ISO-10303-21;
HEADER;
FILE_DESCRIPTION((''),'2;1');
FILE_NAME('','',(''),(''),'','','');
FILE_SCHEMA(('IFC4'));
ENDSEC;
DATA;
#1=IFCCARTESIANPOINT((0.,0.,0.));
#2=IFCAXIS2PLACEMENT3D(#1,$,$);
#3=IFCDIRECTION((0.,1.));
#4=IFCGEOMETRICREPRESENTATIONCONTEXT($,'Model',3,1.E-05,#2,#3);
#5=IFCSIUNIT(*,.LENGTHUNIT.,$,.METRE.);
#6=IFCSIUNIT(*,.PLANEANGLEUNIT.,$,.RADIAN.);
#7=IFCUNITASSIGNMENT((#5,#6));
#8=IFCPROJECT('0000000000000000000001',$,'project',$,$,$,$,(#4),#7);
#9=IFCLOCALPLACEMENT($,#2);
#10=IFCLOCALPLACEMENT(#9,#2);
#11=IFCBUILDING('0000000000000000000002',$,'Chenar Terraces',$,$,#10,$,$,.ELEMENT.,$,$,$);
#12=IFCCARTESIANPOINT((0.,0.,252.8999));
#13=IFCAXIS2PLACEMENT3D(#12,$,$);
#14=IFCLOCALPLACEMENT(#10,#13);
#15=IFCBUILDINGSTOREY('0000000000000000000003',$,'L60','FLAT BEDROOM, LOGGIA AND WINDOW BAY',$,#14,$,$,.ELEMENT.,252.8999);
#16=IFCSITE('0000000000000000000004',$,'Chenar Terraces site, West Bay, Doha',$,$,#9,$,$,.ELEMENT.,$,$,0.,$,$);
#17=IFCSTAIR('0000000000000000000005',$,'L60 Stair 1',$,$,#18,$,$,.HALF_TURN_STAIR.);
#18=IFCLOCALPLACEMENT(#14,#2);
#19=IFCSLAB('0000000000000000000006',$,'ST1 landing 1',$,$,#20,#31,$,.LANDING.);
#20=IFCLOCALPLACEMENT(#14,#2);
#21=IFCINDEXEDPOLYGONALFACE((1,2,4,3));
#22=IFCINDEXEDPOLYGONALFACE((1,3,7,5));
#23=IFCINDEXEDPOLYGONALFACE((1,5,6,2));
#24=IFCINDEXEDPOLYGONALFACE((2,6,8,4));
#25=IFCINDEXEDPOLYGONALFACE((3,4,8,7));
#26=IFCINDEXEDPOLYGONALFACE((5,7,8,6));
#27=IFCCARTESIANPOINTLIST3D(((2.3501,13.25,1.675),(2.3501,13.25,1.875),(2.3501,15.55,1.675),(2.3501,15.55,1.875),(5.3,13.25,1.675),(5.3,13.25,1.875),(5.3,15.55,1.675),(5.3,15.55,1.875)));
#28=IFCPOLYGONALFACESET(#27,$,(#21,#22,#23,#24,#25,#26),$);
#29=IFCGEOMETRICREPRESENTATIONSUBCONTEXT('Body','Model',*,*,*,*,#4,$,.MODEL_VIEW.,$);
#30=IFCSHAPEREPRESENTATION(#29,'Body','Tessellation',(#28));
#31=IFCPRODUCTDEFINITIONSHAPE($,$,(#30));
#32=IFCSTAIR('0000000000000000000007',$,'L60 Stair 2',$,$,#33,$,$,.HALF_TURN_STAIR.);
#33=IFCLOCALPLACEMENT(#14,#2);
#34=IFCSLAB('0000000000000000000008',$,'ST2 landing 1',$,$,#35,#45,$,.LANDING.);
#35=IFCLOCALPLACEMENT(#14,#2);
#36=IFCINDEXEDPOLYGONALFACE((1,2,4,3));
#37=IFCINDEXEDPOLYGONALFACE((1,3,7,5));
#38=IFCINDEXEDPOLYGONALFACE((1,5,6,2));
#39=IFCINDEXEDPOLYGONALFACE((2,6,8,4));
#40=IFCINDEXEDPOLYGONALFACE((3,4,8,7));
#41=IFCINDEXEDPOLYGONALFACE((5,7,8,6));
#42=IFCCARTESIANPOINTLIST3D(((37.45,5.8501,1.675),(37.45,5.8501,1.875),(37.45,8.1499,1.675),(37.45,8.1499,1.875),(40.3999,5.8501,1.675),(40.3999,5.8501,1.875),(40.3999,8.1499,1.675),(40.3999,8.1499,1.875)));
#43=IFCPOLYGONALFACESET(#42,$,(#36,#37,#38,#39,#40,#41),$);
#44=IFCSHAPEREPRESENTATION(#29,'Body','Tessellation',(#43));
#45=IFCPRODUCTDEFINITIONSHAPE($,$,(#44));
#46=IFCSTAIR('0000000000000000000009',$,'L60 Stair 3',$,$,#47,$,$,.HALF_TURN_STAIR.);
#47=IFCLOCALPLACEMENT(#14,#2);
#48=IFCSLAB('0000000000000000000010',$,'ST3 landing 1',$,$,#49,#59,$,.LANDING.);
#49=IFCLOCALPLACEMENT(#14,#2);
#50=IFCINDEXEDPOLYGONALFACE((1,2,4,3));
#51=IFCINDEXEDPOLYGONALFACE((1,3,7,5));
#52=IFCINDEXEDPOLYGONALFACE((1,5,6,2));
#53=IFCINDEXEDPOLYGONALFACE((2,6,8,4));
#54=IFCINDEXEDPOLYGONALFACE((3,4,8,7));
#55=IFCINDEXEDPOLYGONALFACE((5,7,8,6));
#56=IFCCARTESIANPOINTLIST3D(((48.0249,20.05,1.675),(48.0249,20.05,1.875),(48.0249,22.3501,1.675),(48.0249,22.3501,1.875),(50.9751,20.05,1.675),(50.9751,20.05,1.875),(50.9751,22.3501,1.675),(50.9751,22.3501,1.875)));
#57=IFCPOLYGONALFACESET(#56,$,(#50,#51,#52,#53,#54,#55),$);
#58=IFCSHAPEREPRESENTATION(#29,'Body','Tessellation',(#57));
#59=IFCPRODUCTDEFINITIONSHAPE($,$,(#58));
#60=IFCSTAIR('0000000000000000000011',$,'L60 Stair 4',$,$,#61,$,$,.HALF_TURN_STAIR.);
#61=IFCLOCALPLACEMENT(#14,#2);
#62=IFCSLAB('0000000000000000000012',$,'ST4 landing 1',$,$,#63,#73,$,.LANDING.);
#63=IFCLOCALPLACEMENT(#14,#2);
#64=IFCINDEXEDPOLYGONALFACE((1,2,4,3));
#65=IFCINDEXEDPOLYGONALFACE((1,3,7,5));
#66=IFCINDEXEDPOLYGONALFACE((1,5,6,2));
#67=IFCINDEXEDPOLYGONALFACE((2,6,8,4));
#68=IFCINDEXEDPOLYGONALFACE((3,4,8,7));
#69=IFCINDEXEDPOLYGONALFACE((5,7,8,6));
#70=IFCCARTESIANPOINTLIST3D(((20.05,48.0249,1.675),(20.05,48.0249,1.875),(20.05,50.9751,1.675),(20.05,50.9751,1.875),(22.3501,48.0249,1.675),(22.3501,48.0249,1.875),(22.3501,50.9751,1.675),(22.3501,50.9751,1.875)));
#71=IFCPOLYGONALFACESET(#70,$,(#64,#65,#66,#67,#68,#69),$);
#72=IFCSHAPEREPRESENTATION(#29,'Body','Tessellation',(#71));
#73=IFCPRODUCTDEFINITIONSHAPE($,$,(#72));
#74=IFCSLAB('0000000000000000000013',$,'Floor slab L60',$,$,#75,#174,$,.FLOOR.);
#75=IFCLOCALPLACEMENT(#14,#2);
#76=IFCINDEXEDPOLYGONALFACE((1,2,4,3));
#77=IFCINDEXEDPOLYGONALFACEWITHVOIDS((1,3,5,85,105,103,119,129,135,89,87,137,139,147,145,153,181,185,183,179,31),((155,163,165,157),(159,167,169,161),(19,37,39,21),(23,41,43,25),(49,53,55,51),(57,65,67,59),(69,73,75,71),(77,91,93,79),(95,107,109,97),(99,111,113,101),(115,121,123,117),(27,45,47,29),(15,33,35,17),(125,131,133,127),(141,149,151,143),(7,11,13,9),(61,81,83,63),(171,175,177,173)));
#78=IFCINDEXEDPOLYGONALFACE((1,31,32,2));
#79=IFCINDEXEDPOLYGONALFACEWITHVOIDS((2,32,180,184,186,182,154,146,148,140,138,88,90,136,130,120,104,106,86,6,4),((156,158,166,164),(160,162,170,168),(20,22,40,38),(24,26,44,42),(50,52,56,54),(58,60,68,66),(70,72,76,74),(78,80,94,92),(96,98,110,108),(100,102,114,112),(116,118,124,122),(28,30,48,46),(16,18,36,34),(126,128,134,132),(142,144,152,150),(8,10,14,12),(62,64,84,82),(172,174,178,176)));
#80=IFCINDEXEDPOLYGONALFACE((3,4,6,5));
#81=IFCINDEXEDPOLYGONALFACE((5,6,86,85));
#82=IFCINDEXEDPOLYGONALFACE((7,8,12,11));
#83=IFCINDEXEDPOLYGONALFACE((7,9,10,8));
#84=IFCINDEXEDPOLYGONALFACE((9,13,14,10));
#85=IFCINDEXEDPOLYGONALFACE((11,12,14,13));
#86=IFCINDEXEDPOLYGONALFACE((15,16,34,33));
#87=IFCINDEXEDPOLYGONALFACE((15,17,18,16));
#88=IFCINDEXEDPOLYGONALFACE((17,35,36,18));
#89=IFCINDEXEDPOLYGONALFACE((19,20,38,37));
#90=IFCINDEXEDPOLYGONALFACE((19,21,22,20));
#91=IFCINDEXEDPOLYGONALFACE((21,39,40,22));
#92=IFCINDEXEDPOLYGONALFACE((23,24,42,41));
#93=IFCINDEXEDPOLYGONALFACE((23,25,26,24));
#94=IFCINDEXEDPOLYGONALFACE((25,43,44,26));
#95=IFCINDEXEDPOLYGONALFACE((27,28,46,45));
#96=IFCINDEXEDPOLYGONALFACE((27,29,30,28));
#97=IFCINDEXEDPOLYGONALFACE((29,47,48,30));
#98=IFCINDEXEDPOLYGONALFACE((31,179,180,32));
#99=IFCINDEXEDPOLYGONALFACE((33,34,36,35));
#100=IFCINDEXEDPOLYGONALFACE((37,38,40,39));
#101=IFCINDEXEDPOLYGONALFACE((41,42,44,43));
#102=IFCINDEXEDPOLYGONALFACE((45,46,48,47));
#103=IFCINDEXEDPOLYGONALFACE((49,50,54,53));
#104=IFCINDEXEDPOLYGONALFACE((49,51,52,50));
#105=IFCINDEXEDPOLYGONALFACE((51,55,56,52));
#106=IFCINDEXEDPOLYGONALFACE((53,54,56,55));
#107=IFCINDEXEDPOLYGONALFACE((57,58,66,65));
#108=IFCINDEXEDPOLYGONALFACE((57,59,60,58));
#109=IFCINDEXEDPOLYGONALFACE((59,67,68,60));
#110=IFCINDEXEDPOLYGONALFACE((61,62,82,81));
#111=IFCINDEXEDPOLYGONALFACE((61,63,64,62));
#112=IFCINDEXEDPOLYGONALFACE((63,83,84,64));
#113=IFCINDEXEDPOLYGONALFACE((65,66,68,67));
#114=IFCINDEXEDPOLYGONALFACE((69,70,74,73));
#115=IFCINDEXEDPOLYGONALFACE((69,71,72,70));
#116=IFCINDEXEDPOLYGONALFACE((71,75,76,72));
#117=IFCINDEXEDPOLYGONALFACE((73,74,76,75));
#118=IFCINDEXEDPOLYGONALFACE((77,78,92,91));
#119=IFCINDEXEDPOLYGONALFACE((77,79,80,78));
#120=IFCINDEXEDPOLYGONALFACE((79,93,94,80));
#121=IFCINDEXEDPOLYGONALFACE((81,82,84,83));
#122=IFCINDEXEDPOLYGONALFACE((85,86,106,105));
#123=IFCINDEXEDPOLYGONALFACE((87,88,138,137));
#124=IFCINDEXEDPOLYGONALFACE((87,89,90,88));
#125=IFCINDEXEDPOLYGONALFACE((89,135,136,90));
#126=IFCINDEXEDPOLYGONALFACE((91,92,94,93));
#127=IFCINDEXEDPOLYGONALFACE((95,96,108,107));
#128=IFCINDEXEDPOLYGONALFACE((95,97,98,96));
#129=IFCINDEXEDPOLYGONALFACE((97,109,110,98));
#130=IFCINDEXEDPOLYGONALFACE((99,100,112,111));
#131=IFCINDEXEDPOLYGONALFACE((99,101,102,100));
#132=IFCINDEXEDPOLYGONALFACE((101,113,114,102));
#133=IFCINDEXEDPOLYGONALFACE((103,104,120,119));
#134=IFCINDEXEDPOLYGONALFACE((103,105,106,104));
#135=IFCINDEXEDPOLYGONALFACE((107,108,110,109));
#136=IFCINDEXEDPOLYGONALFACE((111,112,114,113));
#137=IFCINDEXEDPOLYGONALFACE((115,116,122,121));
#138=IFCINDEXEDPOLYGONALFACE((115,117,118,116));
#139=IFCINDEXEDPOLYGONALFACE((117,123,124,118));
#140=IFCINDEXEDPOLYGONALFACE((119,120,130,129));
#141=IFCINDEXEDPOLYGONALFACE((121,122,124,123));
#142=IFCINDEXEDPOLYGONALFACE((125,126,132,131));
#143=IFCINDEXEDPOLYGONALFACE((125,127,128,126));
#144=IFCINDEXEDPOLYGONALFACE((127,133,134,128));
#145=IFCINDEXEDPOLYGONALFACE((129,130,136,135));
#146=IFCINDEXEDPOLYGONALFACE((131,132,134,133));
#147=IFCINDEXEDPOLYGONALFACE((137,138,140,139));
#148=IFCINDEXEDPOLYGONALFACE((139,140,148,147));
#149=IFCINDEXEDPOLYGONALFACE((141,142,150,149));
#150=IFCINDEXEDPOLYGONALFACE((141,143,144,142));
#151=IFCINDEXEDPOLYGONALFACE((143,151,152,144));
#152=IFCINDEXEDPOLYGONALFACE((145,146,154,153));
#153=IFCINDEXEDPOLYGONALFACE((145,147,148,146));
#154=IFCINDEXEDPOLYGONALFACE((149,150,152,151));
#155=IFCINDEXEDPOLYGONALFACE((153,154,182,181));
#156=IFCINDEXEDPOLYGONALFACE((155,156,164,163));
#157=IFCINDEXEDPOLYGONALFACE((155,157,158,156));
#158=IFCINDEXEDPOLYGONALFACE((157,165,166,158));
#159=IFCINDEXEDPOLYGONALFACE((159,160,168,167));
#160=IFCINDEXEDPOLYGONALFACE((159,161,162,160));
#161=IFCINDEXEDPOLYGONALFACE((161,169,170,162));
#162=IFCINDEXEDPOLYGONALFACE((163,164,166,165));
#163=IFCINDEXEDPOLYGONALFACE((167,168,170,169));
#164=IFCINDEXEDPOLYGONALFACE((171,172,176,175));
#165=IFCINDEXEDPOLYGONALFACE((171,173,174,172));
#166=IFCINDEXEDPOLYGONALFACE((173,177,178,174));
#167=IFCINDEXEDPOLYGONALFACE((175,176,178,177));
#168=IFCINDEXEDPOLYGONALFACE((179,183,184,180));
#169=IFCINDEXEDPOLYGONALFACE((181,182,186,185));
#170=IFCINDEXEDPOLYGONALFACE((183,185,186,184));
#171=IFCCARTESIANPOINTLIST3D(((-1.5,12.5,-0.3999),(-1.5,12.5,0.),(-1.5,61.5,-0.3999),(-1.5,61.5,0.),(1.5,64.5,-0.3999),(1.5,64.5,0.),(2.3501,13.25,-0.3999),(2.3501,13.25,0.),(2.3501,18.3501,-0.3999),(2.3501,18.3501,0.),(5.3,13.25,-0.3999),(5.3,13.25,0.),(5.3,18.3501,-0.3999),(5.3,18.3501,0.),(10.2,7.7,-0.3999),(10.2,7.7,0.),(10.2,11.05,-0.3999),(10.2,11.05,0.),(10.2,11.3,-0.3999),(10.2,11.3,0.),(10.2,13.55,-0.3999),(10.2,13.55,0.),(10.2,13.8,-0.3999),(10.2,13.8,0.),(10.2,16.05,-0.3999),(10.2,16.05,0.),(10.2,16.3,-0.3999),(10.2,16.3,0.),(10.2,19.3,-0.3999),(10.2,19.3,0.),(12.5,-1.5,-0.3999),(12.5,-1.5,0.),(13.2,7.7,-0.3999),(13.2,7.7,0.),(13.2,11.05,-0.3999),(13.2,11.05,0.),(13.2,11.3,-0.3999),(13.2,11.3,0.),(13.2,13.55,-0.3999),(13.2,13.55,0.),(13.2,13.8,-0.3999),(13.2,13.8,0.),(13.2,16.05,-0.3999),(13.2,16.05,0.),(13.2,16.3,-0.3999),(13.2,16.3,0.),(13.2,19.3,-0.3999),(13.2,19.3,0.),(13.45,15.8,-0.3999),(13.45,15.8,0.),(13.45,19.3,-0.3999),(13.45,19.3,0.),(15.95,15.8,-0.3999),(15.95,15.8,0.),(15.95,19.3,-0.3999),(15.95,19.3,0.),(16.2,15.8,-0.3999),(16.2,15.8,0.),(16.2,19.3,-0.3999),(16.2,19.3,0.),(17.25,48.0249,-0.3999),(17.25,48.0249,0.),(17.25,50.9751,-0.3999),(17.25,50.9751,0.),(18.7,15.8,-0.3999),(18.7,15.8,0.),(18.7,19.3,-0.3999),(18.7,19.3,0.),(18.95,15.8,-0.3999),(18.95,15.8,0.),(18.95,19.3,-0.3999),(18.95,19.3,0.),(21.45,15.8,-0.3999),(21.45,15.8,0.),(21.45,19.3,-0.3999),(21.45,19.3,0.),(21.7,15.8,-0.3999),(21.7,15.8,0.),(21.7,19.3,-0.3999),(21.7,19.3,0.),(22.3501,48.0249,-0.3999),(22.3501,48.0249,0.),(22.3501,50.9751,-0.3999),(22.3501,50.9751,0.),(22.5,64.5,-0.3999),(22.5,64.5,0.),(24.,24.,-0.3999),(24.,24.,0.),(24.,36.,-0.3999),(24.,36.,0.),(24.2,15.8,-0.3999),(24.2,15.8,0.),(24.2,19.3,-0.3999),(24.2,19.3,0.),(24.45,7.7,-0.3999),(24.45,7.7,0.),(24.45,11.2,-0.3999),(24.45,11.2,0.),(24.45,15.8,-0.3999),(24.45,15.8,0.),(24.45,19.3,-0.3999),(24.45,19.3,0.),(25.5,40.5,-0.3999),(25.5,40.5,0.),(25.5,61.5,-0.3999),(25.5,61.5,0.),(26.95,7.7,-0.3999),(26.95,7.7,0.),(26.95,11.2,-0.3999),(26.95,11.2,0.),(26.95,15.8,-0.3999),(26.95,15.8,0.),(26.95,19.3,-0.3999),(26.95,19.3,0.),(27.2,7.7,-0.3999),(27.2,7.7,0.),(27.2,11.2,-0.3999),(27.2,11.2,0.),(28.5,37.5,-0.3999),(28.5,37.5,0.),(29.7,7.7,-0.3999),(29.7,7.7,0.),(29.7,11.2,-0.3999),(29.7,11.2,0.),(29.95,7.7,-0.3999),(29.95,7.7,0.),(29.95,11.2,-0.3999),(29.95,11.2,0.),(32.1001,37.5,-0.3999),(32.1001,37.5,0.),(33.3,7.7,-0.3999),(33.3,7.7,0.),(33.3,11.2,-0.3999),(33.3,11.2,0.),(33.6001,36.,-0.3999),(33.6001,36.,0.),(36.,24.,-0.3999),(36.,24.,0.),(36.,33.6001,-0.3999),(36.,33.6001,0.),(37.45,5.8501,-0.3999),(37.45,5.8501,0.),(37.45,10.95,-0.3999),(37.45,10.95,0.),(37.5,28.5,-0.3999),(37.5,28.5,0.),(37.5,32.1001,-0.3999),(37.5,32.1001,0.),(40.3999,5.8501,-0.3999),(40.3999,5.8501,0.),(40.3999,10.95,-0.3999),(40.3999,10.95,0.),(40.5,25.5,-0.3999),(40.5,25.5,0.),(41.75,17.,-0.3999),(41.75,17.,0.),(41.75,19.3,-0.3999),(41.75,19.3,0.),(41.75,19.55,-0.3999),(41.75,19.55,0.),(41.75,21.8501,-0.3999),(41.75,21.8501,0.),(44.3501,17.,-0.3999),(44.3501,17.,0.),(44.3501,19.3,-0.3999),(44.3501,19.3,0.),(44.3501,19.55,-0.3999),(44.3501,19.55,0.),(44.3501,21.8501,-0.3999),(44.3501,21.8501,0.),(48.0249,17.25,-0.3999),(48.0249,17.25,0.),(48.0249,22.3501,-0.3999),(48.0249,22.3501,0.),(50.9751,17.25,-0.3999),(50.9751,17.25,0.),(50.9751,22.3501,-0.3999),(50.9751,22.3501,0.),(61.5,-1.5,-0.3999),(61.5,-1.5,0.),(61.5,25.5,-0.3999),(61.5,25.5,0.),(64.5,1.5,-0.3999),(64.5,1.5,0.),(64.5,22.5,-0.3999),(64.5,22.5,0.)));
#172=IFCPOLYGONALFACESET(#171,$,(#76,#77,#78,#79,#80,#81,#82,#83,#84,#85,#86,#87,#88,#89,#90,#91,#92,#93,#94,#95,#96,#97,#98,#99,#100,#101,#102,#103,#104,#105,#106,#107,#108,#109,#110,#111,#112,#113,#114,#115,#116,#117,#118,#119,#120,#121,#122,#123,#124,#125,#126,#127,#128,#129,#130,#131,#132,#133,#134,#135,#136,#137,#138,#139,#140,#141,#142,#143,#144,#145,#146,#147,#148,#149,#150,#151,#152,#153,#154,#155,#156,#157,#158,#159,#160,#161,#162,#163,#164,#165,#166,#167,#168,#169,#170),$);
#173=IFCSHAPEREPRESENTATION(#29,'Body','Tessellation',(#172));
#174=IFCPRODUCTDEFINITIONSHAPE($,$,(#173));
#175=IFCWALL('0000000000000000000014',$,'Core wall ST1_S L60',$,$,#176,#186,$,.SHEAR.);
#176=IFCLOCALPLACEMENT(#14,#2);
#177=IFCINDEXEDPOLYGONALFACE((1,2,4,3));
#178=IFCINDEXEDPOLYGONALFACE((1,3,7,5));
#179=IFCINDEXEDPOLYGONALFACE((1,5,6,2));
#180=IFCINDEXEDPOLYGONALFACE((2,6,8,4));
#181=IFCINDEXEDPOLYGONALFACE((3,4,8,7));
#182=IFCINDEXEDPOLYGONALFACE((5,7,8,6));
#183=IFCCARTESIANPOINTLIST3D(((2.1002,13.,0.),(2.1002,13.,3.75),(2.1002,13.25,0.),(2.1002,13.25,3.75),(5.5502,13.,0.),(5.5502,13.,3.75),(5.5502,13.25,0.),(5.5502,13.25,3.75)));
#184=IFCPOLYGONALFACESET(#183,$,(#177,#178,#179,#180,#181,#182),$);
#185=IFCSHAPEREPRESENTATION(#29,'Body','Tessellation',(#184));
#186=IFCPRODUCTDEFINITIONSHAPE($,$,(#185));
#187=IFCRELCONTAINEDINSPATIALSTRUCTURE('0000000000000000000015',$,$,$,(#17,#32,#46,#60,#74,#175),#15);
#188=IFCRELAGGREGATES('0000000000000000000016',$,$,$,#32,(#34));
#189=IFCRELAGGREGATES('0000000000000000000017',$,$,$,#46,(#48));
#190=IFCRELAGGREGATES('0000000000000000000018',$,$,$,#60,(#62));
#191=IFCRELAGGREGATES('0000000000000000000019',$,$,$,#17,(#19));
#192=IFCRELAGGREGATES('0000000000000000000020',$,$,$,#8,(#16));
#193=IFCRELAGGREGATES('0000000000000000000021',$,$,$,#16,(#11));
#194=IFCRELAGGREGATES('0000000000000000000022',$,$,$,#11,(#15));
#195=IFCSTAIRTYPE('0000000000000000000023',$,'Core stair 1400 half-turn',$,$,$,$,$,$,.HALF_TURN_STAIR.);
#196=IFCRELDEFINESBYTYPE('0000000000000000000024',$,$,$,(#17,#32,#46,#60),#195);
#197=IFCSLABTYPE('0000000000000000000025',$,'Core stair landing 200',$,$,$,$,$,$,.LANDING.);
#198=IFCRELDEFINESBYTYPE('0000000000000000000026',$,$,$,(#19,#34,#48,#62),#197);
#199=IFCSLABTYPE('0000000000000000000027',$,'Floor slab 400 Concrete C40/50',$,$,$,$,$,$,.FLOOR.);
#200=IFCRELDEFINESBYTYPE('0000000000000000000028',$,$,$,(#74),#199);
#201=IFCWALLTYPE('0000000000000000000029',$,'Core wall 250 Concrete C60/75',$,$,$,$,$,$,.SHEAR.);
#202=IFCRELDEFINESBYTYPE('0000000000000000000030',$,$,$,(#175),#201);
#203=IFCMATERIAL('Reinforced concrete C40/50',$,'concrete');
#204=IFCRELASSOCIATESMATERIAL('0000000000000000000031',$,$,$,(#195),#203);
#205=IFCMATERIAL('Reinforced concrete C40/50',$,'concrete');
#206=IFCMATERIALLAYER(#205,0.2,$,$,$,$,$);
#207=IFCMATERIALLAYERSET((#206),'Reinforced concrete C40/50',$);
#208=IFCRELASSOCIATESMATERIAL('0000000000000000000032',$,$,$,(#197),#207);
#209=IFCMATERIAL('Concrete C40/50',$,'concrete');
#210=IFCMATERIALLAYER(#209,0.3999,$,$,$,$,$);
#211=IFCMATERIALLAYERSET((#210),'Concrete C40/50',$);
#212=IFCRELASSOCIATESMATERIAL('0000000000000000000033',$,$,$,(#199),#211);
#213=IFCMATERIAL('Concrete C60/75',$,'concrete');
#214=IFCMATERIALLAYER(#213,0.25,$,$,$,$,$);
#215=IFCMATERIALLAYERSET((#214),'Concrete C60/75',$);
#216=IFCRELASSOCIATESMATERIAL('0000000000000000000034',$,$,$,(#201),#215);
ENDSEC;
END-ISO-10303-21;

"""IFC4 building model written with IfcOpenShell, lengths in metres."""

from ifc_helpers import new_model, si_unit, direction, frame, frame_2d, origin, place, context, subcontext, project, spatial, polyline, rectangle, outline, extrude, material, layer, layer_set, type_object, element, aggregate, save


model = new_model("IFC4")

# Units and contexts
model_context = context("Model", 3, precision=1e-05, world=origin(), true_north=direction((0.0, 1.0)))
body_context = subcontext(model_context, "Body", "Model", "MODEL_VIEW")
ifc_project = project(units=[si_unit("LENGTHUNIT", "METRE"), si_unit("PLANEANGLEUNIT", "RADIAN")], contexts=[model_context])

# Site, building, storey
site_placement = place(None, origin())
site = spatial("IfcSite", under=ifc_project, at=site_placement, Name="Chenar Terraces site, West Bay, Doha", CompositionType="ELEMENT", RefElevation=0.0)
building_placement = place(site_placement, origin())
building = spatial("IfcBuilding", under=site, at=building_placement, Name="Chenar Terraces", CompositionType="ELEMENT")
storey_placement = place(building_placement, frame((0.0, 0.0, 252.8999)))
storey = spatial("IfcBuildingStorey", under=building, at=storey_placement, Name="L60", Description="FLAT BEDROOM, LOGGIA AND WINDOW BAY", CompositionType="ELEMENT", Elevation=252.8999)

# Stairs, slabs
ifc_material_1 = material(Name="Reinforced concrete C40/50", Category="concrete")
stair_type = type_object("IfcStairType", Name="Core stair 1400 half-turn", PredefinedType="HALF_TURN_STAIR", material=ifc_material_1)
placement_1 = place(storey_placement, origin())
stair_1 = element("IfcStair", 1, at=placement_1, inside=storey, type_object=stair_type, Name="L60 Stair 1", PredefinedType="HALF_TURN_STAIR")
ifc_material_2 = material(Name="Reinforced concrete C40/50", Category="concrete")
ifc_layer_1 = layer(ifc_material_2, 0.2)
ifc_layer_set_1 = layer_set([ifc_layer_1], Name="Reinforced concrete C40/50")
slab_type_1 = type_object("IfcSlabType", Name="Core stair landing 200", PredefinedType="LANDING", material=ifc_layer_set_1)
placement_2 = place(storey_placement, frame((0.0, 0.0, 1.675)))
slab_1 = element("IfcSlab", 2, at=placement_2, type_object=slab_type_1, Name="ST1 landing 1", PredefinedType="LANDING", context=body_context, shape_type="SweptSolid", body=[
    extrude(outline(polyline([(2.3501, 15.55), (2.3501, 13.25), (5.3, 13.25), (5.3, 15.55), (2.3501, 15.55)])), origin(), (0.0, 0.0, 1.0), 0.2),
])
stair_2 = element("IfcStair", 3, at=placement_1, inside=storey, type_object=stair_type, Name="L60 Stair 2", PredefinedType="HALF_TURN_STAIR")
slab_2 = element("IfcSlab", 4, at=placement_2, type_object=slab_type_1, Name="ST2 landing 1", PredefinedType="LANDING", context=body_context, shape_type="SweptSolid", body=[
    extrude(outline(polyline([(37.45, 8.1499), (37.45, 5.8501), (40.3999, 5.8501), (40.3999, 8.1499), (37.45, 8.1499)])), origin(), (0.0, 0.0, 1.0), 0.2),
])
aggregate(stair_2, [slab_2])
stair_3 = element("IfcStair", 5, at=placement_1, inside=storey, type_object=stair_type, Name="L60 Stair 3", PredefinedType="HALF_TURN_STAIR")
slab_3 = element("IfcSlab", 6, at=placement_2, type_object=slab_type_1, Name="ST3 landing 1", PredefinedType="LANDING", context=body_context, shape_type="SweptSolid", body=[
    extrude(outline(polyline([(50.9751, 20.05), (50.9751, 22.3501), (48.0249, 22.3501), (48.0249, 20.05), (50.9751, 20.05)])), origin(), (0.0, 0.0, 1.0), 0.2),
])
aggregate(stair_3, [slab_3])
stair_4 = element("IfcStair", 7, at=placement_1, inside=storey, type_object=stair_type, Name="L60 Stair 4", PredefinedType="HALF_TURN_STAIR")
slab_4 = element("IfcSlab", 8, at=placement_2, type_object=slab_type_1, Name="ST4 landing 1", PredefinedType="LANDING", context=body_context, shape_type="SweptSolid", body=[
    extrude(outline(polyline([(20.05, 48.0249), (22.3501, 48.0249), (22.3501, 50.9751), (20.05, 50.9751), (20.05, 48.0249)])), origin(), (0.0, 0.0, 1.0), 0.2),
])
aggregate(stair_4, [slab_4])

# Slab
ifc_material_3 = material(Name="Concrete C40/50", Category="concrete")
ifc_layer_2 = layer(ifc_material_3, 0.3999)
ifc_layer_set_2 = layer_set([ifc_layer_2], Name="Concrete C40/50")
slab_type_2 = type_object("IfcSlabType", Name="Floor slab 400 Concrete C40/50", PredefinedType="FLOOR", material=ifc_layer_set_2)
slab_5_placement = place(storey_placement, frame((0.0, 0.0, -0.3999)))
element("IfcSlab", 9, at=slab_5_placement, inside=storey, type_object=slab_type_2, Name="Floor slab L60", PredefinedType="FLOOR", context=body_context, shape_type="SweptSolid", body=[
    extrude(outline(polyline([(64.5, 22.5), (64.5, 1.5), (61.5, -1.5), (12.5, -1.5), (-1.5, 12.5), (-1.5, 61.5), (1.5, 64.5), (22.5, 64.5), (25.5, 61.5), (25.5, 40.5), (28.5, 37.5), (32.1001, 37.5), (33.6001, 36.0), (24.0, 36.0), (24.0, 24.0), (36.0, 24.0), (36.0, 33.6001), (37.5, 32.1001), (37.5, 28.5), (40.5, 25.5), (61.5, 25.5), (64.5, 22.5)]), holes=[polyline([(13.2, 11.05), (10.2, 11.05), (10.2, 7.7), (13.2, 7.7), (13.2, 11.05)]), polyline([(13.2, 13.55), (10.2, 13.55), (10.2, 11.3), (13.2, 11.3), (13.2, 13.55)]), polyline([(13.2, 16.05), (10.2, 16.05), (10.2, 13.8), (13.2, 13.8), (13.2, 16.05)]), polyline([(2.3501, 13.25), (5.3, 13.25), (5.3, 18.3501), (2.3501, 18.3501), (2.3501, 13.25)]), polyline([(15.95, 19.3), (13.45, 19.3), (13.45, 15.8), (15.95, 15.8), (15.95, 19.3)]), polyline([(18.7, 19.3), (16.2, 19.3), (16.2, 15.8), (18.7, 15.8), (18.7, 19.3)]), polyline([(21.45, 19.3), (18.95, 19.3), (18.95, 15.8), (21.45, 15.8), (21.45, 19.3)]), polyline([(24.2, 15.8), (24.2, 19.3), (21.7, 19.3), (21.7, 15.8), (24.2, 15.8)]), polyline([(13.2, 16.3), (13.2, 19.3), (10.2, 19.3), (10.2, 16.3), (13.2, 16.3)]), polyline([(22.3501, 48.0249), (22.3501, 50.9751), (17.25, 50.9751), (17.25, 48.0249), (22.3501, 48.0249)]), polyline([(37.45, 5.8501), (40.3999, 5.8501), (40.3999, 10.95), (37.45, 10.95), (37.45, 5.8501)]), polyline([(26.95, 11.2), (24.45, 11.2), (24.45, 7.7), (26.95, 7.7), (26.95, 11.2)]), polyline([(29.7, 7.7), (29.7, 11.2), (27.2, 11.2), (27.2, 7.7), (29.7, 7.7)]), polyline([(33.3, 7.7), (33.3, 11.2), (29.95, 11.2), (29.95, 7.7), (33.3, 7.7)]), polyline([(26.95, 19.3), (24.45, 19.3), (24.45, 15.8), (26.95, 15.8), (26.95, 19.3)]), polyline([(44.3501, 19.3), (41.75, 19.3), (41.75, 17.0), (44.3501, 17.0), (44.3501, 19.3)]), polyline([(50.9751, 22.3501), (48.0249, 22.3501), (48.0249, 17.25), (50.9751, 17.25), (50.9751, 22.3501)]), polyline([(44.3501, 19.55), (44.3501, 21.8501), (41.75, 21.8501), (41.75, 19.55), (44.3501, 19.55)])]), origin(), (0.0, 0.0, 1.0), 0.3999),
])

# Wall
ifc_material_4 = material(Name="Concrete C60/75", Category="concrete")
ifc_layer_3 = layer(ifc_material_4, 0.25)
ifc_layer_set_3 = layer_set([ifc_layer_3], Name="Concrete C60/75")
wall_type_1 = type_object("IfcWallType", Name="Core wall 250 Concrete C60/75", PredefinedType="SHEAR", material=ifc_layer_set_3)
wall_1_placement = place(storey_placement, frame((2.1001, 13.125, 0.0), z_axis=(0.0, 0.0, 1.0), x_axis=(1.0, 0.0, 0.0)))
element("IfcWall", 10, at=wall_1_placement, inside=storey, type_object=wall_type_1, Name="Core wall ST1_S L60", PredefinedType="SHEAR", context=body_context, shape_type="SweptSolid", body=[
    extrude(rectangle(XDim=3.45, YDim=0.25, at=frame_2d((1.7251, 0.0))), origin(), (0.0, 0.0, 1.0), 3.75),
])

aggregate(stair_1, [slab_1])

save(model, "model.ifc")
